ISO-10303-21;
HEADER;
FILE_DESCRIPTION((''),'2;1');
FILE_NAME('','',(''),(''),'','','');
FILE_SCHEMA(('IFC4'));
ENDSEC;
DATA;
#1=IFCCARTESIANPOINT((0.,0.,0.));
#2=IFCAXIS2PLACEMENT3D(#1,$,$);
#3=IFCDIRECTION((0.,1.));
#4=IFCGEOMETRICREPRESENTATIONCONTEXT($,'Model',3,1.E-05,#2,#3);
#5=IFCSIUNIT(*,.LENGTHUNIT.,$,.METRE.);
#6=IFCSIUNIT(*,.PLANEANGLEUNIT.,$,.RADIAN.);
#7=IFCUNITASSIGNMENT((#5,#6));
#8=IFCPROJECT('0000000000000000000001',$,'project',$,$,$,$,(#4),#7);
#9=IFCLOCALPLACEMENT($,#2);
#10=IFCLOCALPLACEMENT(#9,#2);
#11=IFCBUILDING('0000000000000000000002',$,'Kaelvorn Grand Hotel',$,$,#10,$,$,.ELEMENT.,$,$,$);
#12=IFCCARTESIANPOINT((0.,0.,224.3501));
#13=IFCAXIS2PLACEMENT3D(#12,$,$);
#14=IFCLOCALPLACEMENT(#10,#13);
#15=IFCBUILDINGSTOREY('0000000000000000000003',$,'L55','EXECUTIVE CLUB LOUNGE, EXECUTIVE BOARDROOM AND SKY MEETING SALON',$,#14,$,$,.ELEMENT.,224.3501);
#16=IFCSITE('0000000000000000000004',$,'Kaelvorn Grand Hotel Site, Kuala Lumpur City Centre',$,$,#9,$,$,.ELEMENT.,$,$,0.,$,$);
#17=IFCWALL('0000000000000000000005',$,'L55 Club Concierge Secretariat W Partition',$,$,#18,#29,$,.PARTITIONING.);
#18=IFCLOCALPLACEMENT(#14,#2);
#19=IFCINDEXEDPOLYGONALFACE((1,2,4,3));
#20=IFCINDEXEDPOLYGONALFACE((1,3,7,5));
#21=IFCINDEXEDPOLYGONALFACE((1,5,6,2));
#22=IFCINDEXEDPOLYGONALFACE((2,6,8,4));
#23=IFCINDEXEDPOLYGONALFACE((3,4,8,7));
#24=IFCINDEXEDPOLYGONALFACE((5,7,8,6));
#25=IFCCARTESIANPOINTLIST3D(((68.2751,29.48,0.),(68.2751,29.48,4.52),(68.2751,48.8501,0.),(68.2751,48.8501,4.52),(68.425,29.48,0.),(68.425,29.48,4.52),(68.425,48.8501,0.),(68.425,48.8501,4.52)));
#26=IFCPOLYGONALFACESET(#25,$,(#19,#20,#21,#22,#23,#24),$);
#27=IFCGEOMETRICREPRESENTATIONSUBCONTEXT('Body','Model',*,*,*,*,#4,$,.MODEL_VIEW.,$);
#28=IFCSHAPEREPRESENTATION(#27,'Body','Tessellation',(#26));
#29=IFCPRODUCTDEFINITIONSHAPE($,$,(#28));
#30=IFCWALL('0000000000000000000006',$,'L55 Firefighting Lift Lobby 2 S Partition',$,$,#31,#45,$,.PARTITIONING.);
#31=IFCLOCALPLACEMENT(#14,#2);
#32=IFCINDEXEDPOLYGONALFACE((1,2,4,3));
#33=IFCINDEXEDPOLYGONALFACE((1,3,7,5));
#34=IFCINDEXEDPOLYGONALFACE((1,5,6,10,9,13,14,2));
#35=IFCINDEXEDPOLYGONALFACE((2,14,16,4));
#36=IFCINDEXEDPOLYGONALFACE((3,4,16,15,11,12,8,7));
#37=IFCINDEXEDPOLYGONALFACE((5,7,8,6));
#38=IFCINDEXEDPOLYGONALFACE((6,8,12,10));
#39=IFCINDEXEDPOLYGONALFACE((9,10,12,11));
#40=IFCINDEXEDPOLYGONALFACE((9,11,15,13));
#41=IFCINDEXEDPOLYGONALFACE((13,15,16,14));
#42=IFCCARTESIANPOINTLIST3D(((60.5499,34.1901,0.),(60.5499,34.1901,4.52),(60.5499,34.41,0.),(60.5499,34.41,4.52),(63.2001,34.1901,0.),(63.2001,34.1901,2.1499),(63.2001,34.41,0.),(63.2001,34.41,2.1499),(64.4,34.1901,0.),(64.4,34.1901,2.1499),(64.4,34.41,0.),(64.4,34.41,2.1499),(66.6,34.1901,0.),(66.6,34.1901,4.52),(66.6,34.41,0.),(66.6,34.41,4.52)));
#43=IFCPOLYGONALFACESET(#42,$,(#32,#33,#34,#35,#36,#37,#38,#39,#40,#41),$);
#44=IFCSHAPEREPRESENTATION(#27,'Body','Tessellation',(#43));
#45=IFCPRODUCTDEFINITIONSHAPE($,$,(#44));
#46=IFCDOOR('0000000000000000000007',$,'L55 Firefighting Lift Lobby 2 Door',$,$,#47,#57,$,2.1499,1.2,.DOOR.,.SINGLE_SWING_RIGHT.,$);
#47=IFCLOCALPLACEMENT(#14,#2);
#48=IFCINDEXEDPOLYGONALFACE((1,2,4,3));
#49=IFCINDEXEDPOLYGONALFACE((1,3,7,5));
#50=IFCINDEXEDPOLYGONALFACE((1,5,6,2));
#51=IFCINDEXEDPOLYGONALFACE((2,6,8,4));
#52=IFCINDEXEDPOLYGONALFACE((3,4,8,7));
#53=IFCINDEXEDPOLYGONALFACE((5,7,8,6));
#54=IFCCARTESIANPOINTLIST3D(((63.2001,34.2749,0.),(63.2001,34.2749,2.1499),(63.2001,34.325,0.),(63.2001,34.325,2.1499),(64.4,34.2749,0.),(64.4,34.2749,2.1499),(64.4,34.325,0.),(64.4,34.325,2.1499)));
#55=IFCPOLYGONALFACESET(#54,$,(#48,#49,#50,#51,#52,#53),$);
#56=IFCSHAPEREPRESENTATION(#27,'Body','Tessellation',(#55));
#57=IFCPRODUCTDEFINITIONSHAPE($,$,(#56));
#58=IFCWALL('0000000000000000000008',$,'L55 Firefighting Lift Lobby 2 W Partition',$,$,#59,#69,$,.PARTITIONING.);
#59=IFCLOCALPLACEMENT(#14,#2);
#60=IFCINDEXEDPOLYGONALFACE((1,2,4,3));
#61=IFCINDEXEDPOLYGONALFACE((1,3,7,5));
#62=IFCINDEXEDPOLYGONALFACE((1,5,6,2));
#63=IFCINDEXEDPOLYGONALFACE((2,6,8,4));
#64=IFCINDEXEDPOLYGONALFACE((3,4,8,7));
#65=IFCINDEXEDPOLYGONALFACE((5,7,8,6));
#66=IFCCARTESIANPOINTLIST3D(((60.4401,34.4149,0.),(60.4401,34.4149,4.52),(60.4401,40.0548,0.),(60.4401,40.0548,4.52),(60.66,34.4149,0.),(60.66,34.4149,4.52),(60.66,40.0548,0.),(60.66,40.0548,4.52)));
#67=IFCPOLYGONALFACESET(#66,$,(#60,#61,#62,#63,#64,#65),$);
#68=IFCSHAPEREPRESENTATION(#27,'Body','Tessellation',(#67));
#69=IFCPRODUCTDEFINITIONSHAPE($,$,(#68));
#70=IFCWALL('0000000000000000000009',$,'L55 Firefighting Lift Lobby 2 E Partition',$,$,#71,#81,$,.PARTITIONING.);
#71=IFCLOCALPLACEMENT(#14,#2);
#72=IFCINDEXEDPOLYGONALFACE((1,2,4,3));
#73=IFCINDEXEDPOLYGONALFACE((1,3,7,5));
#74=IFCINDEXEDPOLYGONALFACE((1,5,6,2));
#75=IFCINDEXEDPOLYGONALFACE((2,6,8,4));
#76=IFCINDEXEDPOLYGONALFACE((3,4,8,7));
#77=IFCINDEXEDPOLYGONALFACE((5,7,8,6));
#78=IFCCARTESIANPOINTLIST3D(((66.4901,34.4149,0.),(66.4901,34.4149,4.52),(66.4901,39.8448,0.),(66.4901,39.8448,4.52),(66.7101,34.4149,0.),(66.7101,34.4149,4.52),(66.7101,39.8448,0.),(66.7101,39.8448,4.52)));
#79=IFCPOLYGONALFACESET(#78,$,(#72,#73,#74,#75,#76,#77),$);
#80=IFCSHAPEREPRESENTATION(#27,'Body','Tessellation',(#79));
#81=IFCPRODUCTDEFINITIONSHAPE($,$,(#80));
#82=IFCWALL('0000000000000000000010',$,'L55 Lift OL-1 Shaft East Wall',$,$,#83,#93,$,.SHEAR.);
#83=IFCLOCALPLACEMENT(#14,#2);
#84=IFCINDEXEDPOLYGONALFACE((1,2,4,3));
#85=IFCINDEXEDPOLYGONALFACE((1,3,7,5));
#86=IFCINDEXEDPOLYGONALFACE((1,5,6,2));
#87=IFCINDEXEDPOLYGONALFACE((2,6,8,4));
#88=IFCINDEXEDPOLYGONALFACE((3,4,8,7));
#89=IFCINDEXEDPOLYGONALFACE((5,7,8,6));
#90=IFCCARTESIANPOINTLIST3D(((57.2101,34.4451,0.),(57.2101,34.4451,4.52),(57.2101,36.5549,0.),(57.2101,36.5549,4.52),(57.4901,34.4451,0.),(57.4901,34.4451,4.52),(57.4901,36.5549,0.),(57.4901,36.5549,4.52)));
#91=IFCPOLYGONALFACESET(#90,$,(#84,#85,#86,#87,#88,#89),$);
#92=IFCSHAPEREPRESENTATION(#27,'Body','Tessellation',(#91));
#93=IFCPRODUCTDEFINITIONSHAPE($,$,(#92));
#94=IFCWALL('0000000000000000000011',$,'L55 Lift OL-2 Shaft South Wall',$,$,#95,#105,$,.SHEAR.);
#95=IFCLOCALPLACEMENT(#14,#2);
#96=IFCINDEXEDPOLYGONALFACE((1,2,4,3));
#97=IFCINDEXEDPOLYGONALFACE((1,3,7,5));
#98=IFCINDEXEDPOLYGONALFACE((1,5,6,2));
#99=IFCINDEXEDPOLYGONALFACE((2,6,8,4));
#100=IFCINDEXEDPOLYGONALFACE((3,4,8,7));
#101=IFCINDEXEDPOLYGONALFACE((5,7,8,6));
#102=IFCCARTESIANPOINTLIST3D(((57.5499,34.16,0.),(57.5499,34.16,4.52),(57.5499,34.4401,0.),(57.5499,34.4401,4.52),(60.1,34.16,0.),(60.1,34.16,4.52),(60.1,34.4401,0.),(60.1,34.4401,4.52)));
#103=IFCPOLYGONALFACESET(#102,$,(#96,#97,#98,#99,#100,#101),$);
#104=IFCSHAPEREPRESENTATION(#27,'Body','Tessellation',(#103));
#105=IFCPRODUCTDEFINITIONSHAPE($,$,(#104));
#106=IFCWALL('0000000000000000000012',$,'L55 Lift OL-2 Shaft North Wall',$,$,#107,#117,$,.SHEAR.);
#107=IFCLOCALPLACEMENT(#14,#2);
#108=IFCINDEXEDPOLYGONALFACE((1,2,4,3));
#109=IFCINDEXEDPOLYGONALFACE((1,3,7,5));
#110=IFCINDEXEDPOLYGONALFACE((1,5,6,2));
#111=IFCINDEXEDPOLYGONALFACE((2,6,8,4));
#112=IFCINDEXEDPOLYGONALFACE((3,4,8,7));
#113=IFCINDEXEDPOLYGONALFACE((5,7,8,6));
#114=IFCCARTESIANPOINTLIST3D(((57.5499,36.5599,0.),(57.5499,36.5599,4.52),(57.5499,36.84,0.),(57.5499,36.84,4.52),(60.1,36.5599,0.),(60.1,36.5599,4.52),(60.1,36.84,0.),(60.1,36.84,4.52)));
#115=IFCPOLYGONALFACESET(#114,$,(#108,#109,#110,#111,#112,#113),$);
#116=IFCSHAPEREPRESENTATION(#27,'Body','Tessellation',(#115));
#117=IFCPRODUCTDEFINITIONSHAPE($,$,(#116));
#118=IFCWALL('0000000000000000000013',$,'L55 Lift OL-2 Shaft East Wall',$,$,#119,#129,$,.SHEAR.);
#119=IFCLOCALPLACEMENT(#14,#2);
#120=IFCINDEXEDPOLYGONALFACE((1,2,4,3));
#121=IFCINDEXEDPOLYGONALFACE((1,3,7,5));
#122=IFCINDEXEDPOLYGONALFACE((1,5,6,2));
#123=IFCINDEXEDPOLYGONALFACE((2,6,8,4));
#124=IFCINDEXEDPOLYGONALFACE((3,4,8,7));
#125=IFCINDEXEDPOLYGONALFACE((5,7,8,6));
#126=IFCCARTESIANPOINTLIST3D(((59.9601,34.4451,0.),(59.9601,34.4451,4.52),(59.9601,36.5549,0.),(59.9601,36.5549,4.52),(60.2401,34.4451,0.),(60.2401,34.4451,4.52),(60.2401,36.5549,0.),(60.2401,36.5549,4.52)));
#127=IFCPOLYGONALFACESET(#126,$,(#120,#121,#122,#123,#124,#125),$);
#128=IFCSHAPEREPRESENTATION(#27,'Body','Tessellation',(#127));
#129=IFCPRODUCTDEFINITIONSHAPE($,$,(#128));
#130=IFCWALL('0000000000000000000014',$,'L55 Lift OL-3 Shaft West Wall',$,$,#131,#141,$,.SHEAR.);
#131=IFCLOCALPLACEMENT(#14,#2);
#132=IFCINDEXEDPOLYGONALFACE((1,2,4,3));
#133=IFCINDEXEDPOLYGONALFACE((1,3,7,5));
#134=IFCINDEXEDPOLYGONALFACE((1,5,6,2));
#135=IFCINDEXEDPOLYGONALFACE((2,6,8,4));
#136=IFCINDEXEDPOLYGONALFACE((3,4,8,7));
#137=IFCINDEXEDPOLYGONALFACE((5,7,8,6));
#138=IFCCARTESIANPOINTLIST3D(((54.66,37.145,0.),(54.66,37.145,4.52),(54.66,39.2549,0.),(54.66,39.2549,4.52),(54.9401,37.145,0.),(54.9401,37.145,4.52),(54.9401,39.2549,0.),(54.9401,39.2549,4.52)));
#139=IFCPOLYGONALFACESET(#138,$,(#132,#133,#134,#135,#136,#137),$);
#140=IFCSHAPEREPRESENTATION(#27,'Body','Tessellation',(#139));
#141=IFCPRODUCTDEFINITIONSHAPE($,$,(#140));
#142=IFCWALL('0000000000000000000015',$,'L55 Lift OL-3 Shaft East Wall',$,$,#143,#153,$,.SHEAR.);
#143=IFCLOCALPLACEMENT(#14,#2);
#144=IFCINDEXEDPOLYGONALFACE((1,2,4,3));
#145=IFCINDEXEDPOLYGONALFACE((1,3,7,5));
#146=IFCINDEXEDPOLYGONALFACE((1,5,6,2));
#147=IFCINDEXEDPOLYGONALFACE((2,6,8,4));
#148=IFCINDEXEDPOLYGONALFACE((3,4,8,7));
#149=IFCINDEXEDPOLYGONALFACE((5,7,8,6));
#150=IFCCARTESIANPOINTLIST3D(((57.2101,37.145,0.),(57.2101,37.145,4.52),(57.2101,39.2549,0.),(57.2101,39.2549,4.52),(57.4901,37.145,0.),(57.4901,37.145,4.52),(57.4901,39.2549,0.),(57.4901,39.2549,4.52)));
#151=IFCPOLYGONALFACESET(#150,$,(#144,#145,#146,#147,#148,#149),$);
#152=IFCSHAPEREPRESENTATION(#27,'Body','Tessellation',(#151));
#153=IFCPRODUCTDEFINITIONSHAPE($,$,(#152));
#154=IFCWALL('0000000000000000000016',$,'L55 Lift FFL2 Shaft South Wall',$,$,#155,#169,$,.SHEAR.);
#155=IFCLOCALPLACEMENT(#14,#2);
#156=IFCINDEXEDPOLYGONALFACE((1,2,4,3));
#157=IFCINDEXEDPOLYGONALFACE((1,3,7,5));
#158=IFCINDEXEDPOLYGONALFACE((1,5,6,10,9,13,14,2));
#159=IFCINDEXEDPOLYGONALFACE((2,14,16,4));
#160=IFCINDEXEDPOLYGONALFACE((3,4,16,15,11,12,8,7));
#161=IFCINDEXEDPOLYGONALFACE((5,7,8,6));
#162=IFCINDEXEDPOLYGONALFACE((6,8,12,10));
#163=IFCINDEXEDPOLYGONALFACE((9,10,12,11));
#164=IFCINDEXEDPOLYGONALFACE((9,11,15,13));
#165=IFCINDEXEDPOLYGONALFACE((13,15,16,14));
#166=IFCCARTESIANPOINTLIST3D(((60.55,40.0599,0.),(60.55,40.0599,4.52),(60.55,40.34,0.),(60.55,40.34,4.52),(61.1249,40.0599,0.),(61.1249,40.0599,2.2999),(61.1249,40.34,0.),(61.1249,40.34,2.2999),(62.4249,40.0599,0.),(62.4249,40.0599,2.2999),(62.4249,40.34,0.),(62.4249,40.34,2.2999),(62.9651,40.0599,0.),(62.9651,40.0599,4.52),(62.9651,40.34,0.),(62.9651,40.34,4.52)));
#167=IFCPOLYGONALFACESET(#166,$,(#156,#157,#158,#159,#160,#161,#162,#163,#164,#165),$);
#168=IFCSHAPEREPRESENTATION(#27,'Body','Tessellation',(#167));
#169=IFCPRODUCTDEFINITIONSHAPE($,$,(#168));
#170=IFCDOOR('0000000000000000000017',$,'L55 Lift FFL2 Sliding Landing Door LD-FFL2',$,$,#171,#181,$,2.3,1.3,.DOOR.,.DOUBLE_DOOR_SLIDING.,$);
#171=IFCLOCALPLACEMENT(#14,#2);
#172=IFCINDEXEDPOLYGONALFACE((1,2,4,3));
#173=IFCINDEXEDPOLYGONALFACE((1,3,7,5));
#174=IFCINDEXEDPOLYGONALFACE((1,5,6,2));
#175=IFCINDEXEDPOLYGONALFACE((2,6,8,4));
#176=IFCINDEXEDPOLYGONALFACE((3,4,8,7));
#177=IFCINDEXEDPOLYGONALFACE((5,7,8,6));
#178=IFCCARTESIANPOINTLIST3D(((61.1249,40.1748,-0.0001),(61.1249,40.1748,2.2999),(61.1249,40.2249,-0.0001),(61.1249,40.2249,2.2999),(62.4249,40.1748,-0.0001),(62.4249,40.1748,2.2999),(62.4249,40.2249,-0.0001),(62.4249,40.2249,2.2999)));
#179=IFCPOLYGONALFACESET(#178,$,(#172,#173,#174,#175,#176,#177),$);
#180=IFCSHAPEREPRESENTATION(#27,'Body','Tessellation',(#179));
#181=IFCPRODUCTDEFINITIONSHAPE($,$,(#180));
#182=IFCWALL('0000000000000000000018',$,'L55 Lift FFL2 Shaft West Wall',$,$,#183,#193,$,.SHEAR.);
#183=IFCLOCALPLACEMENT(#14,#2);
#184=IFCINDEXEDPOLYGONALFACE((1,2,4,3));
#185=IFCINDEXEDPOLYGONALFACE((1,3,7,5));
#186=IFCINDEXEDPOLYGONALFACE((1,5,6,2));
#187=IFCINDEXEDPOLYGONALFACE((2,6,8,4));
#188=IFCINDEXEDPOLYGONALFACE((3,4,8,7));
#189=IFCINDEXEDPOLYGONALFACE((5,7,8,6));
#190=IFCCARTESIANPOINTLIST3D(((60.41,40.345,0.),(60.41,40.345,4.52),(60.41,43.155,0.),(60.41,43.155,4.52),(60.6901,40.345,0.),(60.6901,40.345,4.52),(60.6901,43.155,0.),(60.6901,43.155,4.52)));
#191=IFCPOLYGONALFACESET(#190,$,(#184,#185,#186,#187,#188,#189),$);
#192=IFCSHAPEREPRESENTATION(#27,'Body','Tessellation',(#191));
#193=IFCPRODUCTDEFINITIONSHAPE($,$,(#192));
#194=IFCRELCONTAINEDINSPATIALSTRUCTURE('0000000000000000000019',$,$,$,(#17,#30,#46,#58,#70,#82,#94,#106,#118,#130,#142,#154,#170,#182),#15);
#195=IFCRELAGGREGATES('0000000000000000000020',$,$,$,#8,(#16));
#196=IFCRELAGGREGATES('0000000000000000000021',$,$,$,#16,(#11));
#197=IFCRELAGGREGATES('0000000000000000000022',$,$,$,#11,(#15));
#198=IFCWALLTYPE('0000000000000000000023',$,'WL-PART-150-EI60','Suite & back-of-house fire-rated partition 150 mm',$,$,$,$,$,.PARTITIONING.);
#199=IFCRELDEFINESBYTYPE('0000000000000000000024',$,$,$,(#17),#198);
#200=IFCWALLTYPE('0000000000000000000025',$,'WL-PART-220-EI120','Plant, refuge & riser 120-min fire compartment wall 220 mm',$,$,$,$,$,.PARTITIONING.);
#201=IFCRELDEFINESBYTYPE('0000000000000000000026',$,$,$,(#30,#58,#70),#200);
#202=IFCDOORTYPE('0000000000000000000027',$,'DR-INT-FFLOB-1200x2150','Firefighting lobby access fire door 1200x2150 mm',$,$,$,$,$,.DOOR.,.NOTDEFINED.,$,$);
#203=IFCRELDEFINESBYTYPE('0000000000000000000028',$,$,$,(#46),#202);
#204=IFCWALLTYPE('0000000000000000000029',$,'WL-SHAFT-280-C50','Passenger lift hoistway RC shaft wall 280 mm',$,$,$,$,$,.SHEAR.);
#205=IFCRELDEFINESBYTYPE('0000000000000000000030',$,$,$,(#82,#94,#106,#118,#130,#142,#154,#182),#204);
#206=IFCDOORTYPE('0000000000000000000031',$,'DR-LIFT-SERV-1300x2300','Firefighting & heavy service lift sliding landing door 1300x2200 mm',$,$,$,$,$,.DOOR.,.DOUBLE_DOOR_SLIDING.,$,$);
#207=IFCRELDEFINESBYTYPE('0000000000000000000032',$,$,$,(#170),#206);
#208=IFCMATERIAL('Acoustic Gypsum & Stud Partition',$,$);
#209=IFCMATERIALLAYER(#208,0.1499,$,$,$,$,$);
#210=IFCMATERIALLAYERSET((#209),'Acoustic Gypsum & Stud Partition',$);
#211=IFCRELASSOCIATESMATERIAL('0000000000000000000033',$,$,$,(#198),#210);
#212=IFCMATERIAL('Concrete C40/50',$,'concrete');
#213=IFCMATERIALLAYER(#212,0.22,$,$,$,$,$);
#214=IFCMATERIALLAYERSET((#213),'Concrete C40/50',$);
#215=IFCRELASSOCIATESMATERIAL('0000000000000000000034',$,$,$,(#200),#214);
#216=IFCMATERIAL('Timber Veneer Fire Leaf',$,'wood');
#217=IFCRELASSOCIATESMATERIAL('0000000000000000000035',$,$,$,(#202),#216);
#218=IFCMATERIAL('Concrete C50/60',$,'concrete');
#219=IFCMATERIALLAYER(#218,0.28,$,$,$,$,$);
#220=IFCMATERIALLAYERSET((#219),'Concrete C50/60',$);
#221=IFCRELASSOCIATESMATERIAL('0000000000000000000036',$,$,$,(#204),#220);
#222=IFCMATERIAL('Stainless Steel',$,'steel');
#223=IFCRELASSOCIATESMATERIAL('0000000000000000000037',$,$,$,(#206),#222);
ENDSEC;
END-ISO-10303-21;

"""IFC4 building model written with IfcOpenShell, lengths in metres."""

from ifc_helpers import new_model, si_unit, direction, frame, frame_2d, origin, place, context, subcontext, project, spatial, rectangle, extrude, material, layer, layer_set, type_object, element, fill, save


model = new_model("IFC4")

# Units and contexts
model_context = context("Model", 3, precision=1e-05, world=origin(), true_north=direction((0.0, 1.0)))
body_context = subcontext(model_context, "Body", "Model", "MODEL_VIEW")
ifc_project = project(units=[si_unit("LENGTHUNIT", "METRE"), si_unit("PLANEANGLEUNIT", "RADIAN")], contexts=[model_context])

# Site, building, storey
site_placement = place(None, origin())
site = spatial("IfcSite", under=ifc_project, at=site_placement, Name="Kaelvorn Grand Hotel Site, Kuala Lumpur City Centre", CompositionType="ELEMENT", RefElevation=0.0)
building_placement = place(site_placement, origin())
building = spatial("IfcBuilding", under=site, at=building_placement, Name="Kaelvorn Grand Hotel", CompositionType="ELEMENT")
storey_placement = place(building_placement, frame((0.0, 0.0, 224.3501)))
storey = spatial("IfcBuildingStorey", under=building, at=storey_placement, Name="L55", Description="EXECUTIVE CLUB LOUNGE, EXECUTIVE BOARDROOM AND SKY MEETING SALON", CompositionType="ELEMENT", Elevation=224.3501)

# Shared definitions
ifc_material_1 = material(Name="Acoustic Gypsum & Stud Partition")
ifc_layer_1 = layer(ifc_material_1, 0.1499)
ifc_layer_set_1 = layer_set([ifc_layer_1], Name="Acoustic Gypsum & Stud Partition")
wall_type_1 = type_object("IfcWallType", Name="WL-PART-150-EI60", Description="Suite & back-of-house fire-rated partition 150 mm", PredefinedType="PARTITIONING", material=ifc_layer_set_1)
ifc_material_2 = material(Name="Timber Veneer Fire Leaf", Category="wood")

# Wall
wall_1_placement = place(storey_placement, frame((68.3501, 29.48, 0.0), z_axis=(0.0, 0.0, 1.0), x_axis=(0.0, 1.0, 0.0)))
element("IfcWall", 1, at=wall_1_placement, inside=storey, type_object=wall_type_1, Name="L55 Club Concierge Secretariat W Partition", PredefinedType="PARTITIONING", context=body_context, shape_type="SweptSolid", body=[
    extrude(rectangle(XDim=19.3701, YDim=0.1499, at=frame_2d((9.6851, 0.0))), origin(), (0.0, 0.0, 1.0), 4.52),
])

# Wall, opening, door
ifc_material_3 = material(Name="Concrete C40/50", Category="concrete")
ifc_layer_2 = layer(ifc_material_3, 0.22)
ifc_layer_set_2 = layer_set([ifc_layer_2], Name="Concrete C40/50")
wall_type_2 = type_object("IfcWallType", Name="WL-PART-220-EI120", Description="Plant, refuge & riser 120-min fire compartment wall 220 mm", PredefinedType="PARTITIONING", material=ifc_layer_set_2)
wall_2_placement = place(storey_placement, frame((60.55, 34.3, 0.0), z_axis=(0.0, 0.0, 1.0), x_axis=(1.0, 0.0, 0.0)))
wall_2 = element("IfcWall", 2, at=wall_2_placement, inside=storey, type_object=wall_type_2, Name="L55 Firefighting Lift Lobby 2 S Partition", PredefinedType="PARTITIONING", context=body_context, shape_type="SweptSolid", body=[
    extrude(rectangle(XDim=6.05, YDim=0.22, at=frame_2d((3.0249, 0.0))), origin(), (0.0, 0.0, 1.0), 4.52),
])
opening_1_placement = place(wall_2_placement, frame((2.6499, 0.0, 0.0)))
opening_1 = element("IfcOpeningElement", 3, at=opening_1_placement, cuts=wall_2, PredefinedType="OPENING", context=body_context, shape_type="SweptSolid", body=[
    extrude(rectangle(XDim=1.2, YDim=2.1499, at=frame_2d((0.6001, 1.075))), frame((0.0, 0.1201, 0.0), z_axis=(0.0, -1.0, 0.0), x_axis=(1.0, 0.0, 0.0)), (0.0, 0.0, 1.0), 0.24),
])
door_type_1 = type_object("IfcDoorType", Name="DR-INT-FFLOB-1200x2150", Description="Firefighting lobby access fire door 1200x2150 mm", OperationType="NOTDEFINED", PredefinedType="DOOR", material=ifc_material_2)
door_1_placement = place(opening_1_placement, origin())
door_1 = element("IfcDoor", 4, at=door_1_placement, inside=storey, type_object=door_type_1, Name="L55 Firefighting Lift Lobby 2 Door", OperationType="SINGLE_SWING_RIGHT", OverallHeight=2.1499, OverallWidth=1.2, PredefinedType="DOOR", context=body_context, shape_type="SweptSolid", body=[
    extrude(rectangle(XDim=1.2, YDim=2.1499, at=frame_2d((0.6001, 1.075))), frame((0.0, 0.0249, 0.0), z_axis=(0.0, -1.0, 0.0), x_axis=(1.0, 0.0, 0.0)), (0.0, 0.0, 1.0), 0.05),
])
fill(opening_1, door_1)

# Walls
wall_3_placement = place(storey_placement, frame((60.55, 34.415, 0.0), z_axis=(0.0, 0.0, 1.0), x_axis=(0.0, 1.0, 0.0)))
element("IfcWall", 5, at=wall_3_placement, inside=storey, type_object=wall_type_2, Name="L55 Firefighting Lift Lobby 2 W Partition", PredefinedType="PARTITIONING", context=body_context, shape_type="SweptSolid", body=[
    extrude(rectangle(XDim=5.6399, YDim=0.22, at=frame_2d((2.8198, 0.0))), origin(), (0.0, 0.0, 1.0), 4.52),
])
wall_4_placement = place(storey_placement, frame((66.6001, 34.415, 0.0), z_axis=(0.0, 0.0, 1.0), x_axis=(0.0, 1.0, 0.0)))
element("IfcWall", 6, at=wall_4_placement, inside=storey, type_object=wall_type_2, Name="L55 Firefighting Lift Lobby 2 E Partition", PredefinedType="PARTITIONING", context=body_context, shape_type="SweptSolid", body=[
    extrude(rectangle(XDim=5.4299, YDim=0.22, at=frame_2d((2.7148, 0.0))), origin(), (0.0, 0.0, 1.0), 4.52),
])
ifc_material_4 = material(Name="Concrete C50/60", Category="concrete")
ifc_layer_3 = layer(ifc_material_4, 0.28)
ifc_layer_set_3 = layer_set([ifc_layer_3], Name="Concrete C50/60")
wall_type_3 = type_object("IfcWallType", Name="WL-SHAFT-280-C50", Description="Passenger lift hoistway RC shaft wall 280 mm", PredefinedType="SHEAR", material=ifc_layer_set_3)
wall_5_placement = place(storey_placement, frame((57.3501, 34.4451, 0.0), z_axis=(0.0, 0.0, 1.0), x_axis=(0.0, 1.0, 0.0)))
element("IfcWall", 7, at=wall_5_placement, inside=storey, type_object=wall_type_3, Name="L55 Lift OL-1 Shaft East Wall", PredefinedType="SHEAR", context=body_context, shape_type="SweptSolid", body=[
    extrude(rectangle(XDim=2.1099, YDim=0.28, at=frame_2d((1.0549, 0.0))), origin(), (0.0, 0.0, 1.0), 4.52),
])
for number, where, z_axis, x_axis, name in (
    (8, (57.55, 34.3, 0.0), (0.0, 0.0, 1.0), (1.0, 0.0, 0.0), "L55 Lift OL-2 Shaft South Wall"),
    (9, (57.55, 36.7, 0.0), (0.0, 0.0, 1.0), (1.0, 0.0, 0.0), "L55 Lift OL-2 Shaft North Wall"),
):
    element("IfcWall", number, at=place(storey_placement, frame(where, z_axis=z_axis, x_axis=x_axis)), inside=storey, type_object=wall_type_3, Name=name, PredefinedType="SHEAR", context=body_context, shape_type="SweptSolid", body=[
        extrude(rectangle(XDim=2.55, YDim=0.28, at=frame_2d((1.2749, 0.0))), origin(), (0.0, 0.0, 1.0), 4.52),
    ])
for number, where, z_axis, x_axis, name in (
    (10, (60.1001, 34.4451, 0.0), (0.0, 0.0, 1.0), (0.0, 1.0, 0.0), "L55 Lift OL-2 Shaft East Wall"),
    (11, (54.8, 37.145, 0.0), (0.0, 0.0, 1.0), (0.0, 1.0, 0.0), "L55 Lift OL-3 Shaft West Wall"),
    (12, (57.3501, 37.145, 0.0), (0.0, 0.0, 1.0), (0.0, 1.0, 0.0), "L55 Lift OL-3 Shaft East Wall"),
):
    element("IfcWall", number, at=place(storey_placement, frame(where, z_axis=z_axis, x_axis=x_axis)), inside=storey, type_object=wall_type_3, Name=name, PredefinedType="SHEAR", context=body_context, shape_type="SweptSolid", body=[
        extrude(rectangle(XDim=2.1099, YDim=0.28, at=frame_2d((1.0549, 0.0))), origin(), (0.0, 0.0, 1.0), 4.52),
    ])

# Wall, opening, door
wall_6_placement = place(storey_placement, frame((60.55, 40.2, 0.0), z_axis=(0.0, 0.0, 1.0), x_axis=(1.0, 0.0, 0.0)))
wall_6 = element("IfcWall", 13, at=wall_6_placement, inside=storey, type_object=wall_type_3, Name="L55 Lift FFL2 Shaft South Wall", PredefinedType="SHEAR", context=body_context, shape_type="SweptSolid", body=[
    extrude(rectangle(XDim=2.415, YDim=0.28, at=frame_2d((1.2075, 0.0))), origin(), (0.0, 0.0, 1.0), 4.52),
])
opening_2_placement = place(wall_6_placement, frame((0.575, 0.0, 0.0)))
opening_2 = element("IfcOpeningElement", 14, at=opening_2_placement, cuts=wall_6, PredefinedType="OPENING", context=body_context, shape_type="SweptSolid", body=[
    extrude(rectangle(XDim=1.3, YDim=2.3, at=frame_2d((0.6499, 1.1499))), frame((0.0, 0.1499, 0.0), z_axis=(0.0, -1.0, 0.0), x_axis=(1.0, 0.0, 0.0)), (0.0, 0.0, 1.0), 0.3),
])
ifc_material_5 = material(Name="Stainless Steel", Category="steel")
door_type_2 = type_object("IfcDoorType", Name="DR-LIFT-SERV-1300x2300", Description="Firefighting & heavy service lift sliding landing door 1300x2200 mm", OperationType="DOUBLE_DOOR_SLIDING", PredefinedType="DOOR", material=ifc_material_5)
door_2_placement = place(opening_2_placement, origin())
door_2 = element("IfcDoor", 15, at=door_2_placement, inside=storey, type_object=door_type_2, Name="L55 Lift FFL2 Sliding Landing Door LD-FFL2", OperationType="DOUBLE_DOOR_SLIDING", OverallHeight=2.3, OverallWidth=1.3, PredefinedType="DOOR", context=body_context, shape_type="SweptSolid", body=[
    extrude(rectangle(XDim=1.3, YDim=2.3, at=frame_2d((0.6499, 1.1499))), frame((0.0, 0.0249, 0.0), z_axis=(0.0, -1.0, 0.0), x_axis=(1.0, 0.0, 0.0)), (0.0, 0.0, 1.0), 0.05),
])
fill(opening_2, door_2)

# Wall
wall_7_placement = place(storey_placement, frame((60.55, 40.345, 0.0), z_axis=(0.0, 0.0, 1.0), x_axis=(0.0, 1.0, 0.0)))
element("IfcWall", 16, at=wall_7_placement, inside=storey, type_object=wall_type_3, Name="L55 Lift FFL2 Shaft West Wall", PredefinedType="SHEAR", context=body_context, shape_type="SweptSolid", body=[
    extrude(rectangle(XDim=2.8101, YDim=0.28, at=frame_2d((1.405, 0.0))), origin(), (0.0, 0.0, 1.0), 4.52),
])

save(model, "model.ifc")
